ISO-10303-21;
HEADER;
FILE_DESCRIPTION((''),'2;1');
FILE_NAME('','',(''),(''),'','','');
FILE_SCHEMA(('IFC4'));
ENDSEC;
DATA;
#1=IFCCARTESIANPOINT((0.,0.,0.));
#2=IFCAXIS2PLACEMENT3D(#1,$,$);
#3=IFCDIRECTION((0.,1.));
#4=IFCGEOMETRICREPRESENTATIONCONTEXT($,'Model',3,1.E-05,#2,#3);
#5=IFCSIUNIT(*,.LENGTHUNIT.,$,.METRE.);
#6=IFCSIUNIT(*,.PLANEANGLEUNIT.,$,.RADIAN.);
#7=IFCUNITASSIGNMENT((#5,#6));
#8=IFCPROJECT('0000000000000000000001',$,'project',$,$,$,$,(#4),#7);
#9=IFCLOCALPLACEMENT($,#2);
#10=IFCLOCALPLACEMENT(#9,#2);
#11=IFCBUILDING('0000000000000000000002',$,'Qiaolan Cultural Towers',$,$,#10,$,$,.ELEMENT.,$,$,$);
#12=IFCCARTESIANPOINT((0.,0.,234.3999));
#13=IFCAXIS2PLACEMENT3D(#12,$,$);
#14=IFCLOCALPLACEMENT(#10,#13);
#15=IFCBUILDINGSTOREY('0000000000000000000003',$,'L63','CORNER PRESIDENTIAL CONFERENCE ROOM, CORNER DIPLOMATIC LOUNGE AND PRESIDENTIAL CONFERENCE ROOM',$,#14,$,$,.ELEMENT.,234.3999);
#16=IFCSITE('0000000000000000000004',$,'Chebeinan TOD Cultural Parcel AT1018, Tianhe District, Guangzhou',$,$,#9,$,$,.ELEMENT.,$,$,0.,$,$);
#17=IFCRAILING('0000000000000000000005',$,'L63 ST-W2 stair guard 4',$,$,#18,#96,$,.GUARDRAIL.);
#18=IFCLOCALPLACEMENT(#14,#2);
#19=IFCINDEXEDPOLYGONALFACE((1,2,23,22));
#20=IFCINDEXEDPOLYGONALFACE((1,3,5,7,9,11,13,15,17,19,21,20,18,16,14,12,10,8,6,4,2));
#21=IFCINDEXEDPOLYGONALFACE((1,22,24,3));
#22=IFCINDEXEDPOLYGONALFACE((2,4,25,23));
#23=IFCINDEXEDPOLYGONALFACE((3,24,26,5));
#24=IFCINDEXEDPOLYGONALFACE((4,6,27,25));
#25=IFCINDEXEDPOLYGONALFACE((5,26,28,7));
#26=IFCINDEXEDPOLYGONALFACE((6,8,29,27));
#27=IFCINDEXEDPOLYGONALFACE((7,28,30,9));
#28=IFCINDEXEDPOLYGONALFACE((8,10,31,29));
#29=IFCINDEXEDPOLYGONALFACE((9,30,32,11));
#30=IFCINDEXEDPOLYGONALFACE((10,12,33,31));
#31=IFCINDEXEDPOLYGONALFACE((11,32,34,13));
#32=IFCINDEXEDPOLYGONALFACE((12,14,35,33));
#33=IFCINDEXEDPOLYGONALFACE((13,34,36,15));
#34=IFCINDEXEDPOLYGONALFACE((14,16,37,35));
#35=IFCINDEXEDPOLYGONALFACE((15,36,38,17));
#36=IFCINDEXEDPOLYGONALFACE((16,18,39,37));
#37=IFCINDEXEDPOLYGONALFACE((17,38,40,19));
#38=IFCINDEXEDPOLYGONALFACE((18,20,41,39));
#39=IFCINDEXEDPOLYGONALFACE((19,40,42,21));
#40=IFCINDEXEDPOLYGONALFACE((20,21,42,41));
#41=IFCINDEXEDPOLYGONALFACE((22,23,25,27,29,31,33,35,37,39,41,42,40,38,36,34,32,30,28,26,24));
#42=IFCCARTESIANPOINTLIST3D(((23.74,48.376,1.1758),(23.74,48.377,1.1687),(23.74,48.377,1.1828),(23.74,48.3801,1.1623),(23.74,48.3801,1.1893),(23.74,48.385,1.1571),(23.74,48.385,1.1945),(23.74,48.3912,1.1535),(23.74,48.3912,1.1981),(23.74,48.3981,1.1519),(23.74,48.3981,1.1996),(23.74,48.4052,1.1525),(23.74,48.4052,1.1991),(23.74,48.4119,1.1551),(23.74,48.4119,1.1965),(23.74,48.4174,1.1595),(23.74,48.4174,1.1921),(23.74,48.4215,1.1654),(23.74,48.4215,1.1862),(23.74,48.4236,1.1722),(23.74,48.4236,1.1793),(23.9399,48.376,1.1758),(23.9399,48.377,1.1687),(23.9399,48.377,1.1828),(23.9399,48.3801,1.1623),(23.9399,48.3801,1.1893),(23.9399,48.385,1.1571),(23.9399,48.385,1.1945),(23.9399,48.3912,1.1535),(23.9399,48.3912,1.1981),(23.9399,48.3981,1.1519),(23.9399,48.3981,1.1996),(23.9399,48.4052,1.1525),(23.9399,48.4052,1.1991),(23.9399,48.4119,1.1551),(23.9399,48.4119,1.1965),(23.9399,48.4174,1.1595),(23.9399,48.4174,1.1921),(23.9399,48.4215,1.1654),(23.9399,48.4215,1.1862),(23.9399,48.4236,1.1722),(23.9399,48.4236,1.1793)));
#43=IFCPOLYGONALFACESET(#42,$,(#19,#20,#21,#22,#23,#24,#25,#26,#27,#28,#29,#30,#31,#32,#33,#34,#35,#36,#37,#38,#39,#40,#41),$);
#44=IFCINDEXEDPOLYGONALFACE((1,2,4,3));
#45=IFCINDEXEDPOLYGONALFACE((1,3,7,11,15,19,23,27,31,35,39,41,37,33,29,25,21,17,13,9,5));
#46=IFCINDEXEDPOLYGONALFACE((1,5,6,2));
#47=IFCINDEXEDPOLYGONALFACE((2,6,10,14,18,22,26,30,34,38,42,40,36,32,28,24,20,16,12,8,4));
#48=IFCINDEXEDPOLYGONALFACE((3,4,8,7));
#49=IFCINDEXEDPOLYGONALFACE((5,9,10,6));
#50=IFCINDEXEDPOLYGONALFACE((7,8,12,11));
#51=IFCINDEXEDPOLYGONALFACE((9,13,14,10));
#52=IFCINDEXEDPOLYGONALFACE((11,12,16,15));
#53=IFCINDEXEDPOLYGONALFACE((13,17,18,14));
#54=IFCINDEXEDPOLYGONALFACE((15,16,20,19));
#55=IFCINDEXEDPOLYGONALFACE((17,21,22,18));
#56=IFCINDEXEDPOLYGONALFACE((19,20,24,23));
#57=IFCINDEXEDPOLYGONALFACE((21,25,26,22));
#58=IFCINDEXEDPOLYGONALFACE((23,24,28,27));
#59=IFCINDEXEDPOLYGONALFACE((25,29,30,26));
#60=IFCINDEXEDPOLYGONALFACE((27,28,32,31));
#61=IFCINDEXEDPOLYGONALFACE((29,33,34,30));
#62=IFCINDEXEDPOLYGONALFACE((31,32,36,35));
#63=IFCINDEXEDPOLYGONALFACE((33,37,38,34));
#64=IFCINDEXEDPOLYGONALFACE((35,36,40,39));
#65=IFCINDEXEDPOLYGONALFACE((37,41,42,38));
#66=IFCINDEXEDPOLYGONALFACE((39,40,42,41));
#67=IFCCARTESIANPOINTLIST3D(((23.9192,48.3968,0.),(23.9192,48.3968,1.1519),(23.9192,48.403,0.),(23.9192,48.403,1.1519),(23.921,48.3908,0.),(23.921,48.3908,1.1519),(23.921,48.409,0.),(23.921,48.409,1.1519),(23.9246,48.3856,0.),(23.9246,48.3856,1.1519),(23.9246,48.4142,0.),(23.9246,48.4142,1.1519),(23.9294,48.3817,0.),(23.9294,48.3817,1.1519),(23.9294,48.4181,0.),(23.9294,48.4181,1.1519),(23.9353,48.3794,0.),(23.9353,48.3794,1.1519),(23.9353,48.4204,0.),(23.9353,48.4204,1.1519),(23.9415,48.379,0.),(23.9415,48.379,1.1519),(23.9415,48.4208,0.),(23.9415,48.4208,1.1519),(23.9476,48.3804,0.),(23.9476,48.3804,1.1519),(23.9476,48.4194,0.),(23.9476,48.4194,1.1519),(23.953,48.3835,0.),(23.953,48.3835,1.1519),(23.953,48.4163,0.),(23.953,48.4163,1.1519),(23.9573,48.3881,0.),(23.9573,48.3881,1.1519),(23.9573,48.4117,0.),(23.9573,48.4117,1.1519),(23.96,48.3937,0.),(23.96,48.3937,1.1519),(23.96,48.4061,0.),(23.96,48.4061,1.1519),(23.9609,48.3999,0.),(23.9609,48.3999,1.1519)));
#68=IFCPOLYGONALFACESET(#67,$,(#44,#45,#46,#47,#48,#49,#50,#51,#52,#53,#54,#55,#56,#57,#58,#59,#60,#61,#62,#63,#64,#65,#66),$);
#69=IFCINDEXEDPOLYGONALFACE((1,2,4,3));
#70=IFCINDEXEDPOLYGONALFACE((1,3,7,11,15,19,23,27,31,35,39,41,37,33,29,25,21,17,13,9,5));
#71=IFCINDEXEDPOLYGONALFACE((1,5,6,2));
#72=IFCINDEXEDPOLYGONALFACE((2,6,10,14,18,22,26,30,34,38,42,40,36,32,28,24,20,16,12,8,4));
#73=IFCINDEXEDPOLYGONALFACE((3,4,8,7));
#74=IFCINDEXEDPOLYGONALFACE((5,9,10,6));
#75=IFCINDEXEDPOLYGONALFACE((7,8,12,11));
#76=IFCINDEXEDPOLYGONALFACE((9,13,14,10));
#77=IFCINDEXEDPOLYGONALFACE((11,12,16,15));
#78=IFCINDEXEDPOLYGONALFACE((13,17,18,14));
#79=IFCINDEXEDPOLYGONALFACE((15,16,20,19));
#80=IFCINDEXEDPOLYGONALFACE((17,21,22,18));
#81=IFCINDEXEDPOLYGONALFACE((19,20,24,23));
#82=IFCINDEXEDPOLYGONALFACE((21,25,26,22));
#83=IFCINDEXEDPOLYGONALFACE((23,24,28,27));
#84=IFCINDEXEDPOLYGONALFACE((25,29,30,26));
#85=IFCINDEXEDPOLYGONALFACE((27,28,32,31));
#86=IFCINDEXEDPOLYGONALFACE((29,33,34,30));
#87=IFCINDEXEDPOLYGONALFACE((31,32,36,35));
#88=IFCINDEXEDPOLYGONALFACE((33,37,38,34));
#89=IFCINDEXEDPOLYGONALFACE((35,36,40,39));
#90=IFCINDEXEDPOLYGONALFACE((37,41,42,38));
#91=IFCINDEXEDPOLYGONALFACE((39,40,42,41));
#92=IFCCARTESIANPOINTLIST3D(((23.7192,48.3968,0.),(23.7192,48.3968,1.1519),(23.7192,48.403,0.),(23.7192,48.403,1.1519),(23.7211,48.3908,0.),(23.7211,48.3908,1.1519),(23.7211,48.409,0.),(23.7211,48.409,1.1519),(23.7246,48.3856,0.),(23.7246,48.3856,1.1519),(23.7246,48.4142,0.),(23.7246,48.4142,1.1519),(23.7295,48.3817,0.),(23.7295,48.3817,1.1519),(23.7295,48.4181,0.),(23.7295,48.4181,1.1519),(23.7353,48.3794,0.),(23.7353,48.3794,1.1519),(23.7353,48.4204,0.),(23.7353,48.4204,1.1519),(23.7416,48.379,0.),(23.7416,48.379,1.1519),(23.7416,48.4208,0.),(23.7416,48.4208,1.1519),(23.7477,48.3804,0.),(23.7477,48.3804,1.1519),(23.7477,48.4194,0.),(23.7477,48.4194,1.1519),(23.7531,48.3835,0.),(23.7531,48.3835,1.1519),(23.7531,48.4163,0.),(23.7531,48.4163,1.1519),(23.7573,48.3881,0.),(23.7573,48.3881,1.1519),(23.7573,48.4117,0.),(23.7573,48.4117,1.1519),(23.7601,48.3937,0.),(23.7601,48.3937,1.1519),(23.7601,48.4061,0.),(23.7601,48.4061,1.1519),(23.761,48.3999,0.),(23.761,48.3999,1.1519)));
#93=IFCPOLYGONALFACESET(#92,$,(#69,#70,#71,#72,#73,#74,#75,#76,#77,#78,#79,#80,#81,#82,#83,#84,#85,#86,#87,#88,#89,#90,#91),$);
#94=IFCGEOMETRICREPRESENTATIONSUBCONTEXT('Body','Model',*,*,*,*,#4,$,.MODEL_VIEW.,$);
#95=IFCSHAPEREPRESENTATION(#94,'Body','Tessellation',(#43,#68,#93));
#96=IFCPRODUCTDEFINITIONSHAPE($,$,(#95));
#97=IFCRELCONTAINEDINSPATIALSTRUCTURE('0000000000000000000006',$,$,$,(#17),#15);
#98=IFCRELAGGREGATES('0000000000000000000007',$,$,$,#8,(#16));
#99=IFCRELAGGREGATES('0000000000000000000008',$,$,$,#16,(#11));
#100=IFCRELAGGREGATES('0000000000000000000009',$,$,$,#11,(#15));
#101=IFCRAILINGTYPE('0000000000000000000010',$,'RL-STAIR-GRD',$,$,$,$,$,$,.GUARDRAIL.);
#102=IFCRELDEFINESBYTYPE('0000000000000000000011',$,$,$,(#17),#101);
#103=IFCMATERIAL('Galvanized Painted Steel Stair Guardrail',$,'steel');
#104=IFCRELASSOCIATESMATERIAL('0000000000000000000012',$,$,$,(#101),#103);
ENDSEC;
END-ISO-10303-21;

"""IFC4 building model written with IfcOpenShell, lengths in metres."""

from ifc_helpers import new_model, si_unit, direction, frame, origin, origin_2d, place, context, subcontext, project, spatial, circle, extrude, material, type_object, element, save


model = new_model("IFC4")

# Units and contexts
model_context = context("Model", 3, precision=1e-05, world=origin(), true_north=direction((0.0, 1.0)))
body_context = subcontext(model_context, "Body", "Model", "MODEL_VIEW")
ifc_project = project(units=[si_unit("LENGTHUNIT", "METRE"), si_unit("PLANEANGLEUNIT", "RADIAN")], contexts=[model_context])

# Site, building, storey
site_placement = place(None, origin())
site = spatial("IfcSite", under=ifc_project, at=site_placement, Name="Chebeinan TOD Cultural Parcel AT1018, Tianhe District, Guangzhou", CompositionType="ELEMENT", RefElevation=0.0)
building_placement = place(site_placement, origin())
building = spatial("IfcBuilding", under=site, at=building_placement, Name="Qiaolan Cultural Towers", CompositionType="ELEMENT")
storey_placement = place(building_placement, frame((0.0, 0.0, 234.3999)))
storey = spatial("IfcBuildingStorey", under=building, at=storey_placement, Name="L63", Description="CORNER PRESIDENTIAL CONFERENCE ROOM, CORNER DIPLOMATIC LOUNGE AND PRESIDENTIAL CONFERENCE ROOM", CompositionType="ELEMENT", Elevation=234.3999)

# Railing
ifc_material_1 = material(Name="Galvanized Painted Steel Stair Guardrail", Category="steel")
railing_type_1 = type_object("IfcRailingType", Name="RL-STAIR-GRD", PredefinedType="GUARDRAIL", material=ifc_material_1)
railing_1_placement = place(storey_placement, frame((23.9399, 48.3999, 0.0)))
element("IfcRailing", 1, at=railing_1_placement, inside=storey, type_object=railing_type_1, Name="L63 ST-W2 stair guard 4", PredefinedType="GUARDRAIL", context=body_context, shape_type="SweptSolid", body=[
    extrude(circle(Radius=0.0239, at=origin_2d()), frame((0.0, 0.0, 1.1758), z_axis=(-1.0, 0.0, 0.0), x_axis=(0.0, -1.0, 0.0)), (0.0, 0.0, 1.0), 0.2),
    extrude(circle(Radius=0.021, at=origin_2d()), origin(), (0.0, 0.0, 1.0), 1.1519),
    extrude(circle(Radius=0.021, at=origin_2d()), frame((-0.2, 0.0, 0.0)), (0.0, 0.0, 1.0), 1.1519),
])

save(model, "model.ifc")
